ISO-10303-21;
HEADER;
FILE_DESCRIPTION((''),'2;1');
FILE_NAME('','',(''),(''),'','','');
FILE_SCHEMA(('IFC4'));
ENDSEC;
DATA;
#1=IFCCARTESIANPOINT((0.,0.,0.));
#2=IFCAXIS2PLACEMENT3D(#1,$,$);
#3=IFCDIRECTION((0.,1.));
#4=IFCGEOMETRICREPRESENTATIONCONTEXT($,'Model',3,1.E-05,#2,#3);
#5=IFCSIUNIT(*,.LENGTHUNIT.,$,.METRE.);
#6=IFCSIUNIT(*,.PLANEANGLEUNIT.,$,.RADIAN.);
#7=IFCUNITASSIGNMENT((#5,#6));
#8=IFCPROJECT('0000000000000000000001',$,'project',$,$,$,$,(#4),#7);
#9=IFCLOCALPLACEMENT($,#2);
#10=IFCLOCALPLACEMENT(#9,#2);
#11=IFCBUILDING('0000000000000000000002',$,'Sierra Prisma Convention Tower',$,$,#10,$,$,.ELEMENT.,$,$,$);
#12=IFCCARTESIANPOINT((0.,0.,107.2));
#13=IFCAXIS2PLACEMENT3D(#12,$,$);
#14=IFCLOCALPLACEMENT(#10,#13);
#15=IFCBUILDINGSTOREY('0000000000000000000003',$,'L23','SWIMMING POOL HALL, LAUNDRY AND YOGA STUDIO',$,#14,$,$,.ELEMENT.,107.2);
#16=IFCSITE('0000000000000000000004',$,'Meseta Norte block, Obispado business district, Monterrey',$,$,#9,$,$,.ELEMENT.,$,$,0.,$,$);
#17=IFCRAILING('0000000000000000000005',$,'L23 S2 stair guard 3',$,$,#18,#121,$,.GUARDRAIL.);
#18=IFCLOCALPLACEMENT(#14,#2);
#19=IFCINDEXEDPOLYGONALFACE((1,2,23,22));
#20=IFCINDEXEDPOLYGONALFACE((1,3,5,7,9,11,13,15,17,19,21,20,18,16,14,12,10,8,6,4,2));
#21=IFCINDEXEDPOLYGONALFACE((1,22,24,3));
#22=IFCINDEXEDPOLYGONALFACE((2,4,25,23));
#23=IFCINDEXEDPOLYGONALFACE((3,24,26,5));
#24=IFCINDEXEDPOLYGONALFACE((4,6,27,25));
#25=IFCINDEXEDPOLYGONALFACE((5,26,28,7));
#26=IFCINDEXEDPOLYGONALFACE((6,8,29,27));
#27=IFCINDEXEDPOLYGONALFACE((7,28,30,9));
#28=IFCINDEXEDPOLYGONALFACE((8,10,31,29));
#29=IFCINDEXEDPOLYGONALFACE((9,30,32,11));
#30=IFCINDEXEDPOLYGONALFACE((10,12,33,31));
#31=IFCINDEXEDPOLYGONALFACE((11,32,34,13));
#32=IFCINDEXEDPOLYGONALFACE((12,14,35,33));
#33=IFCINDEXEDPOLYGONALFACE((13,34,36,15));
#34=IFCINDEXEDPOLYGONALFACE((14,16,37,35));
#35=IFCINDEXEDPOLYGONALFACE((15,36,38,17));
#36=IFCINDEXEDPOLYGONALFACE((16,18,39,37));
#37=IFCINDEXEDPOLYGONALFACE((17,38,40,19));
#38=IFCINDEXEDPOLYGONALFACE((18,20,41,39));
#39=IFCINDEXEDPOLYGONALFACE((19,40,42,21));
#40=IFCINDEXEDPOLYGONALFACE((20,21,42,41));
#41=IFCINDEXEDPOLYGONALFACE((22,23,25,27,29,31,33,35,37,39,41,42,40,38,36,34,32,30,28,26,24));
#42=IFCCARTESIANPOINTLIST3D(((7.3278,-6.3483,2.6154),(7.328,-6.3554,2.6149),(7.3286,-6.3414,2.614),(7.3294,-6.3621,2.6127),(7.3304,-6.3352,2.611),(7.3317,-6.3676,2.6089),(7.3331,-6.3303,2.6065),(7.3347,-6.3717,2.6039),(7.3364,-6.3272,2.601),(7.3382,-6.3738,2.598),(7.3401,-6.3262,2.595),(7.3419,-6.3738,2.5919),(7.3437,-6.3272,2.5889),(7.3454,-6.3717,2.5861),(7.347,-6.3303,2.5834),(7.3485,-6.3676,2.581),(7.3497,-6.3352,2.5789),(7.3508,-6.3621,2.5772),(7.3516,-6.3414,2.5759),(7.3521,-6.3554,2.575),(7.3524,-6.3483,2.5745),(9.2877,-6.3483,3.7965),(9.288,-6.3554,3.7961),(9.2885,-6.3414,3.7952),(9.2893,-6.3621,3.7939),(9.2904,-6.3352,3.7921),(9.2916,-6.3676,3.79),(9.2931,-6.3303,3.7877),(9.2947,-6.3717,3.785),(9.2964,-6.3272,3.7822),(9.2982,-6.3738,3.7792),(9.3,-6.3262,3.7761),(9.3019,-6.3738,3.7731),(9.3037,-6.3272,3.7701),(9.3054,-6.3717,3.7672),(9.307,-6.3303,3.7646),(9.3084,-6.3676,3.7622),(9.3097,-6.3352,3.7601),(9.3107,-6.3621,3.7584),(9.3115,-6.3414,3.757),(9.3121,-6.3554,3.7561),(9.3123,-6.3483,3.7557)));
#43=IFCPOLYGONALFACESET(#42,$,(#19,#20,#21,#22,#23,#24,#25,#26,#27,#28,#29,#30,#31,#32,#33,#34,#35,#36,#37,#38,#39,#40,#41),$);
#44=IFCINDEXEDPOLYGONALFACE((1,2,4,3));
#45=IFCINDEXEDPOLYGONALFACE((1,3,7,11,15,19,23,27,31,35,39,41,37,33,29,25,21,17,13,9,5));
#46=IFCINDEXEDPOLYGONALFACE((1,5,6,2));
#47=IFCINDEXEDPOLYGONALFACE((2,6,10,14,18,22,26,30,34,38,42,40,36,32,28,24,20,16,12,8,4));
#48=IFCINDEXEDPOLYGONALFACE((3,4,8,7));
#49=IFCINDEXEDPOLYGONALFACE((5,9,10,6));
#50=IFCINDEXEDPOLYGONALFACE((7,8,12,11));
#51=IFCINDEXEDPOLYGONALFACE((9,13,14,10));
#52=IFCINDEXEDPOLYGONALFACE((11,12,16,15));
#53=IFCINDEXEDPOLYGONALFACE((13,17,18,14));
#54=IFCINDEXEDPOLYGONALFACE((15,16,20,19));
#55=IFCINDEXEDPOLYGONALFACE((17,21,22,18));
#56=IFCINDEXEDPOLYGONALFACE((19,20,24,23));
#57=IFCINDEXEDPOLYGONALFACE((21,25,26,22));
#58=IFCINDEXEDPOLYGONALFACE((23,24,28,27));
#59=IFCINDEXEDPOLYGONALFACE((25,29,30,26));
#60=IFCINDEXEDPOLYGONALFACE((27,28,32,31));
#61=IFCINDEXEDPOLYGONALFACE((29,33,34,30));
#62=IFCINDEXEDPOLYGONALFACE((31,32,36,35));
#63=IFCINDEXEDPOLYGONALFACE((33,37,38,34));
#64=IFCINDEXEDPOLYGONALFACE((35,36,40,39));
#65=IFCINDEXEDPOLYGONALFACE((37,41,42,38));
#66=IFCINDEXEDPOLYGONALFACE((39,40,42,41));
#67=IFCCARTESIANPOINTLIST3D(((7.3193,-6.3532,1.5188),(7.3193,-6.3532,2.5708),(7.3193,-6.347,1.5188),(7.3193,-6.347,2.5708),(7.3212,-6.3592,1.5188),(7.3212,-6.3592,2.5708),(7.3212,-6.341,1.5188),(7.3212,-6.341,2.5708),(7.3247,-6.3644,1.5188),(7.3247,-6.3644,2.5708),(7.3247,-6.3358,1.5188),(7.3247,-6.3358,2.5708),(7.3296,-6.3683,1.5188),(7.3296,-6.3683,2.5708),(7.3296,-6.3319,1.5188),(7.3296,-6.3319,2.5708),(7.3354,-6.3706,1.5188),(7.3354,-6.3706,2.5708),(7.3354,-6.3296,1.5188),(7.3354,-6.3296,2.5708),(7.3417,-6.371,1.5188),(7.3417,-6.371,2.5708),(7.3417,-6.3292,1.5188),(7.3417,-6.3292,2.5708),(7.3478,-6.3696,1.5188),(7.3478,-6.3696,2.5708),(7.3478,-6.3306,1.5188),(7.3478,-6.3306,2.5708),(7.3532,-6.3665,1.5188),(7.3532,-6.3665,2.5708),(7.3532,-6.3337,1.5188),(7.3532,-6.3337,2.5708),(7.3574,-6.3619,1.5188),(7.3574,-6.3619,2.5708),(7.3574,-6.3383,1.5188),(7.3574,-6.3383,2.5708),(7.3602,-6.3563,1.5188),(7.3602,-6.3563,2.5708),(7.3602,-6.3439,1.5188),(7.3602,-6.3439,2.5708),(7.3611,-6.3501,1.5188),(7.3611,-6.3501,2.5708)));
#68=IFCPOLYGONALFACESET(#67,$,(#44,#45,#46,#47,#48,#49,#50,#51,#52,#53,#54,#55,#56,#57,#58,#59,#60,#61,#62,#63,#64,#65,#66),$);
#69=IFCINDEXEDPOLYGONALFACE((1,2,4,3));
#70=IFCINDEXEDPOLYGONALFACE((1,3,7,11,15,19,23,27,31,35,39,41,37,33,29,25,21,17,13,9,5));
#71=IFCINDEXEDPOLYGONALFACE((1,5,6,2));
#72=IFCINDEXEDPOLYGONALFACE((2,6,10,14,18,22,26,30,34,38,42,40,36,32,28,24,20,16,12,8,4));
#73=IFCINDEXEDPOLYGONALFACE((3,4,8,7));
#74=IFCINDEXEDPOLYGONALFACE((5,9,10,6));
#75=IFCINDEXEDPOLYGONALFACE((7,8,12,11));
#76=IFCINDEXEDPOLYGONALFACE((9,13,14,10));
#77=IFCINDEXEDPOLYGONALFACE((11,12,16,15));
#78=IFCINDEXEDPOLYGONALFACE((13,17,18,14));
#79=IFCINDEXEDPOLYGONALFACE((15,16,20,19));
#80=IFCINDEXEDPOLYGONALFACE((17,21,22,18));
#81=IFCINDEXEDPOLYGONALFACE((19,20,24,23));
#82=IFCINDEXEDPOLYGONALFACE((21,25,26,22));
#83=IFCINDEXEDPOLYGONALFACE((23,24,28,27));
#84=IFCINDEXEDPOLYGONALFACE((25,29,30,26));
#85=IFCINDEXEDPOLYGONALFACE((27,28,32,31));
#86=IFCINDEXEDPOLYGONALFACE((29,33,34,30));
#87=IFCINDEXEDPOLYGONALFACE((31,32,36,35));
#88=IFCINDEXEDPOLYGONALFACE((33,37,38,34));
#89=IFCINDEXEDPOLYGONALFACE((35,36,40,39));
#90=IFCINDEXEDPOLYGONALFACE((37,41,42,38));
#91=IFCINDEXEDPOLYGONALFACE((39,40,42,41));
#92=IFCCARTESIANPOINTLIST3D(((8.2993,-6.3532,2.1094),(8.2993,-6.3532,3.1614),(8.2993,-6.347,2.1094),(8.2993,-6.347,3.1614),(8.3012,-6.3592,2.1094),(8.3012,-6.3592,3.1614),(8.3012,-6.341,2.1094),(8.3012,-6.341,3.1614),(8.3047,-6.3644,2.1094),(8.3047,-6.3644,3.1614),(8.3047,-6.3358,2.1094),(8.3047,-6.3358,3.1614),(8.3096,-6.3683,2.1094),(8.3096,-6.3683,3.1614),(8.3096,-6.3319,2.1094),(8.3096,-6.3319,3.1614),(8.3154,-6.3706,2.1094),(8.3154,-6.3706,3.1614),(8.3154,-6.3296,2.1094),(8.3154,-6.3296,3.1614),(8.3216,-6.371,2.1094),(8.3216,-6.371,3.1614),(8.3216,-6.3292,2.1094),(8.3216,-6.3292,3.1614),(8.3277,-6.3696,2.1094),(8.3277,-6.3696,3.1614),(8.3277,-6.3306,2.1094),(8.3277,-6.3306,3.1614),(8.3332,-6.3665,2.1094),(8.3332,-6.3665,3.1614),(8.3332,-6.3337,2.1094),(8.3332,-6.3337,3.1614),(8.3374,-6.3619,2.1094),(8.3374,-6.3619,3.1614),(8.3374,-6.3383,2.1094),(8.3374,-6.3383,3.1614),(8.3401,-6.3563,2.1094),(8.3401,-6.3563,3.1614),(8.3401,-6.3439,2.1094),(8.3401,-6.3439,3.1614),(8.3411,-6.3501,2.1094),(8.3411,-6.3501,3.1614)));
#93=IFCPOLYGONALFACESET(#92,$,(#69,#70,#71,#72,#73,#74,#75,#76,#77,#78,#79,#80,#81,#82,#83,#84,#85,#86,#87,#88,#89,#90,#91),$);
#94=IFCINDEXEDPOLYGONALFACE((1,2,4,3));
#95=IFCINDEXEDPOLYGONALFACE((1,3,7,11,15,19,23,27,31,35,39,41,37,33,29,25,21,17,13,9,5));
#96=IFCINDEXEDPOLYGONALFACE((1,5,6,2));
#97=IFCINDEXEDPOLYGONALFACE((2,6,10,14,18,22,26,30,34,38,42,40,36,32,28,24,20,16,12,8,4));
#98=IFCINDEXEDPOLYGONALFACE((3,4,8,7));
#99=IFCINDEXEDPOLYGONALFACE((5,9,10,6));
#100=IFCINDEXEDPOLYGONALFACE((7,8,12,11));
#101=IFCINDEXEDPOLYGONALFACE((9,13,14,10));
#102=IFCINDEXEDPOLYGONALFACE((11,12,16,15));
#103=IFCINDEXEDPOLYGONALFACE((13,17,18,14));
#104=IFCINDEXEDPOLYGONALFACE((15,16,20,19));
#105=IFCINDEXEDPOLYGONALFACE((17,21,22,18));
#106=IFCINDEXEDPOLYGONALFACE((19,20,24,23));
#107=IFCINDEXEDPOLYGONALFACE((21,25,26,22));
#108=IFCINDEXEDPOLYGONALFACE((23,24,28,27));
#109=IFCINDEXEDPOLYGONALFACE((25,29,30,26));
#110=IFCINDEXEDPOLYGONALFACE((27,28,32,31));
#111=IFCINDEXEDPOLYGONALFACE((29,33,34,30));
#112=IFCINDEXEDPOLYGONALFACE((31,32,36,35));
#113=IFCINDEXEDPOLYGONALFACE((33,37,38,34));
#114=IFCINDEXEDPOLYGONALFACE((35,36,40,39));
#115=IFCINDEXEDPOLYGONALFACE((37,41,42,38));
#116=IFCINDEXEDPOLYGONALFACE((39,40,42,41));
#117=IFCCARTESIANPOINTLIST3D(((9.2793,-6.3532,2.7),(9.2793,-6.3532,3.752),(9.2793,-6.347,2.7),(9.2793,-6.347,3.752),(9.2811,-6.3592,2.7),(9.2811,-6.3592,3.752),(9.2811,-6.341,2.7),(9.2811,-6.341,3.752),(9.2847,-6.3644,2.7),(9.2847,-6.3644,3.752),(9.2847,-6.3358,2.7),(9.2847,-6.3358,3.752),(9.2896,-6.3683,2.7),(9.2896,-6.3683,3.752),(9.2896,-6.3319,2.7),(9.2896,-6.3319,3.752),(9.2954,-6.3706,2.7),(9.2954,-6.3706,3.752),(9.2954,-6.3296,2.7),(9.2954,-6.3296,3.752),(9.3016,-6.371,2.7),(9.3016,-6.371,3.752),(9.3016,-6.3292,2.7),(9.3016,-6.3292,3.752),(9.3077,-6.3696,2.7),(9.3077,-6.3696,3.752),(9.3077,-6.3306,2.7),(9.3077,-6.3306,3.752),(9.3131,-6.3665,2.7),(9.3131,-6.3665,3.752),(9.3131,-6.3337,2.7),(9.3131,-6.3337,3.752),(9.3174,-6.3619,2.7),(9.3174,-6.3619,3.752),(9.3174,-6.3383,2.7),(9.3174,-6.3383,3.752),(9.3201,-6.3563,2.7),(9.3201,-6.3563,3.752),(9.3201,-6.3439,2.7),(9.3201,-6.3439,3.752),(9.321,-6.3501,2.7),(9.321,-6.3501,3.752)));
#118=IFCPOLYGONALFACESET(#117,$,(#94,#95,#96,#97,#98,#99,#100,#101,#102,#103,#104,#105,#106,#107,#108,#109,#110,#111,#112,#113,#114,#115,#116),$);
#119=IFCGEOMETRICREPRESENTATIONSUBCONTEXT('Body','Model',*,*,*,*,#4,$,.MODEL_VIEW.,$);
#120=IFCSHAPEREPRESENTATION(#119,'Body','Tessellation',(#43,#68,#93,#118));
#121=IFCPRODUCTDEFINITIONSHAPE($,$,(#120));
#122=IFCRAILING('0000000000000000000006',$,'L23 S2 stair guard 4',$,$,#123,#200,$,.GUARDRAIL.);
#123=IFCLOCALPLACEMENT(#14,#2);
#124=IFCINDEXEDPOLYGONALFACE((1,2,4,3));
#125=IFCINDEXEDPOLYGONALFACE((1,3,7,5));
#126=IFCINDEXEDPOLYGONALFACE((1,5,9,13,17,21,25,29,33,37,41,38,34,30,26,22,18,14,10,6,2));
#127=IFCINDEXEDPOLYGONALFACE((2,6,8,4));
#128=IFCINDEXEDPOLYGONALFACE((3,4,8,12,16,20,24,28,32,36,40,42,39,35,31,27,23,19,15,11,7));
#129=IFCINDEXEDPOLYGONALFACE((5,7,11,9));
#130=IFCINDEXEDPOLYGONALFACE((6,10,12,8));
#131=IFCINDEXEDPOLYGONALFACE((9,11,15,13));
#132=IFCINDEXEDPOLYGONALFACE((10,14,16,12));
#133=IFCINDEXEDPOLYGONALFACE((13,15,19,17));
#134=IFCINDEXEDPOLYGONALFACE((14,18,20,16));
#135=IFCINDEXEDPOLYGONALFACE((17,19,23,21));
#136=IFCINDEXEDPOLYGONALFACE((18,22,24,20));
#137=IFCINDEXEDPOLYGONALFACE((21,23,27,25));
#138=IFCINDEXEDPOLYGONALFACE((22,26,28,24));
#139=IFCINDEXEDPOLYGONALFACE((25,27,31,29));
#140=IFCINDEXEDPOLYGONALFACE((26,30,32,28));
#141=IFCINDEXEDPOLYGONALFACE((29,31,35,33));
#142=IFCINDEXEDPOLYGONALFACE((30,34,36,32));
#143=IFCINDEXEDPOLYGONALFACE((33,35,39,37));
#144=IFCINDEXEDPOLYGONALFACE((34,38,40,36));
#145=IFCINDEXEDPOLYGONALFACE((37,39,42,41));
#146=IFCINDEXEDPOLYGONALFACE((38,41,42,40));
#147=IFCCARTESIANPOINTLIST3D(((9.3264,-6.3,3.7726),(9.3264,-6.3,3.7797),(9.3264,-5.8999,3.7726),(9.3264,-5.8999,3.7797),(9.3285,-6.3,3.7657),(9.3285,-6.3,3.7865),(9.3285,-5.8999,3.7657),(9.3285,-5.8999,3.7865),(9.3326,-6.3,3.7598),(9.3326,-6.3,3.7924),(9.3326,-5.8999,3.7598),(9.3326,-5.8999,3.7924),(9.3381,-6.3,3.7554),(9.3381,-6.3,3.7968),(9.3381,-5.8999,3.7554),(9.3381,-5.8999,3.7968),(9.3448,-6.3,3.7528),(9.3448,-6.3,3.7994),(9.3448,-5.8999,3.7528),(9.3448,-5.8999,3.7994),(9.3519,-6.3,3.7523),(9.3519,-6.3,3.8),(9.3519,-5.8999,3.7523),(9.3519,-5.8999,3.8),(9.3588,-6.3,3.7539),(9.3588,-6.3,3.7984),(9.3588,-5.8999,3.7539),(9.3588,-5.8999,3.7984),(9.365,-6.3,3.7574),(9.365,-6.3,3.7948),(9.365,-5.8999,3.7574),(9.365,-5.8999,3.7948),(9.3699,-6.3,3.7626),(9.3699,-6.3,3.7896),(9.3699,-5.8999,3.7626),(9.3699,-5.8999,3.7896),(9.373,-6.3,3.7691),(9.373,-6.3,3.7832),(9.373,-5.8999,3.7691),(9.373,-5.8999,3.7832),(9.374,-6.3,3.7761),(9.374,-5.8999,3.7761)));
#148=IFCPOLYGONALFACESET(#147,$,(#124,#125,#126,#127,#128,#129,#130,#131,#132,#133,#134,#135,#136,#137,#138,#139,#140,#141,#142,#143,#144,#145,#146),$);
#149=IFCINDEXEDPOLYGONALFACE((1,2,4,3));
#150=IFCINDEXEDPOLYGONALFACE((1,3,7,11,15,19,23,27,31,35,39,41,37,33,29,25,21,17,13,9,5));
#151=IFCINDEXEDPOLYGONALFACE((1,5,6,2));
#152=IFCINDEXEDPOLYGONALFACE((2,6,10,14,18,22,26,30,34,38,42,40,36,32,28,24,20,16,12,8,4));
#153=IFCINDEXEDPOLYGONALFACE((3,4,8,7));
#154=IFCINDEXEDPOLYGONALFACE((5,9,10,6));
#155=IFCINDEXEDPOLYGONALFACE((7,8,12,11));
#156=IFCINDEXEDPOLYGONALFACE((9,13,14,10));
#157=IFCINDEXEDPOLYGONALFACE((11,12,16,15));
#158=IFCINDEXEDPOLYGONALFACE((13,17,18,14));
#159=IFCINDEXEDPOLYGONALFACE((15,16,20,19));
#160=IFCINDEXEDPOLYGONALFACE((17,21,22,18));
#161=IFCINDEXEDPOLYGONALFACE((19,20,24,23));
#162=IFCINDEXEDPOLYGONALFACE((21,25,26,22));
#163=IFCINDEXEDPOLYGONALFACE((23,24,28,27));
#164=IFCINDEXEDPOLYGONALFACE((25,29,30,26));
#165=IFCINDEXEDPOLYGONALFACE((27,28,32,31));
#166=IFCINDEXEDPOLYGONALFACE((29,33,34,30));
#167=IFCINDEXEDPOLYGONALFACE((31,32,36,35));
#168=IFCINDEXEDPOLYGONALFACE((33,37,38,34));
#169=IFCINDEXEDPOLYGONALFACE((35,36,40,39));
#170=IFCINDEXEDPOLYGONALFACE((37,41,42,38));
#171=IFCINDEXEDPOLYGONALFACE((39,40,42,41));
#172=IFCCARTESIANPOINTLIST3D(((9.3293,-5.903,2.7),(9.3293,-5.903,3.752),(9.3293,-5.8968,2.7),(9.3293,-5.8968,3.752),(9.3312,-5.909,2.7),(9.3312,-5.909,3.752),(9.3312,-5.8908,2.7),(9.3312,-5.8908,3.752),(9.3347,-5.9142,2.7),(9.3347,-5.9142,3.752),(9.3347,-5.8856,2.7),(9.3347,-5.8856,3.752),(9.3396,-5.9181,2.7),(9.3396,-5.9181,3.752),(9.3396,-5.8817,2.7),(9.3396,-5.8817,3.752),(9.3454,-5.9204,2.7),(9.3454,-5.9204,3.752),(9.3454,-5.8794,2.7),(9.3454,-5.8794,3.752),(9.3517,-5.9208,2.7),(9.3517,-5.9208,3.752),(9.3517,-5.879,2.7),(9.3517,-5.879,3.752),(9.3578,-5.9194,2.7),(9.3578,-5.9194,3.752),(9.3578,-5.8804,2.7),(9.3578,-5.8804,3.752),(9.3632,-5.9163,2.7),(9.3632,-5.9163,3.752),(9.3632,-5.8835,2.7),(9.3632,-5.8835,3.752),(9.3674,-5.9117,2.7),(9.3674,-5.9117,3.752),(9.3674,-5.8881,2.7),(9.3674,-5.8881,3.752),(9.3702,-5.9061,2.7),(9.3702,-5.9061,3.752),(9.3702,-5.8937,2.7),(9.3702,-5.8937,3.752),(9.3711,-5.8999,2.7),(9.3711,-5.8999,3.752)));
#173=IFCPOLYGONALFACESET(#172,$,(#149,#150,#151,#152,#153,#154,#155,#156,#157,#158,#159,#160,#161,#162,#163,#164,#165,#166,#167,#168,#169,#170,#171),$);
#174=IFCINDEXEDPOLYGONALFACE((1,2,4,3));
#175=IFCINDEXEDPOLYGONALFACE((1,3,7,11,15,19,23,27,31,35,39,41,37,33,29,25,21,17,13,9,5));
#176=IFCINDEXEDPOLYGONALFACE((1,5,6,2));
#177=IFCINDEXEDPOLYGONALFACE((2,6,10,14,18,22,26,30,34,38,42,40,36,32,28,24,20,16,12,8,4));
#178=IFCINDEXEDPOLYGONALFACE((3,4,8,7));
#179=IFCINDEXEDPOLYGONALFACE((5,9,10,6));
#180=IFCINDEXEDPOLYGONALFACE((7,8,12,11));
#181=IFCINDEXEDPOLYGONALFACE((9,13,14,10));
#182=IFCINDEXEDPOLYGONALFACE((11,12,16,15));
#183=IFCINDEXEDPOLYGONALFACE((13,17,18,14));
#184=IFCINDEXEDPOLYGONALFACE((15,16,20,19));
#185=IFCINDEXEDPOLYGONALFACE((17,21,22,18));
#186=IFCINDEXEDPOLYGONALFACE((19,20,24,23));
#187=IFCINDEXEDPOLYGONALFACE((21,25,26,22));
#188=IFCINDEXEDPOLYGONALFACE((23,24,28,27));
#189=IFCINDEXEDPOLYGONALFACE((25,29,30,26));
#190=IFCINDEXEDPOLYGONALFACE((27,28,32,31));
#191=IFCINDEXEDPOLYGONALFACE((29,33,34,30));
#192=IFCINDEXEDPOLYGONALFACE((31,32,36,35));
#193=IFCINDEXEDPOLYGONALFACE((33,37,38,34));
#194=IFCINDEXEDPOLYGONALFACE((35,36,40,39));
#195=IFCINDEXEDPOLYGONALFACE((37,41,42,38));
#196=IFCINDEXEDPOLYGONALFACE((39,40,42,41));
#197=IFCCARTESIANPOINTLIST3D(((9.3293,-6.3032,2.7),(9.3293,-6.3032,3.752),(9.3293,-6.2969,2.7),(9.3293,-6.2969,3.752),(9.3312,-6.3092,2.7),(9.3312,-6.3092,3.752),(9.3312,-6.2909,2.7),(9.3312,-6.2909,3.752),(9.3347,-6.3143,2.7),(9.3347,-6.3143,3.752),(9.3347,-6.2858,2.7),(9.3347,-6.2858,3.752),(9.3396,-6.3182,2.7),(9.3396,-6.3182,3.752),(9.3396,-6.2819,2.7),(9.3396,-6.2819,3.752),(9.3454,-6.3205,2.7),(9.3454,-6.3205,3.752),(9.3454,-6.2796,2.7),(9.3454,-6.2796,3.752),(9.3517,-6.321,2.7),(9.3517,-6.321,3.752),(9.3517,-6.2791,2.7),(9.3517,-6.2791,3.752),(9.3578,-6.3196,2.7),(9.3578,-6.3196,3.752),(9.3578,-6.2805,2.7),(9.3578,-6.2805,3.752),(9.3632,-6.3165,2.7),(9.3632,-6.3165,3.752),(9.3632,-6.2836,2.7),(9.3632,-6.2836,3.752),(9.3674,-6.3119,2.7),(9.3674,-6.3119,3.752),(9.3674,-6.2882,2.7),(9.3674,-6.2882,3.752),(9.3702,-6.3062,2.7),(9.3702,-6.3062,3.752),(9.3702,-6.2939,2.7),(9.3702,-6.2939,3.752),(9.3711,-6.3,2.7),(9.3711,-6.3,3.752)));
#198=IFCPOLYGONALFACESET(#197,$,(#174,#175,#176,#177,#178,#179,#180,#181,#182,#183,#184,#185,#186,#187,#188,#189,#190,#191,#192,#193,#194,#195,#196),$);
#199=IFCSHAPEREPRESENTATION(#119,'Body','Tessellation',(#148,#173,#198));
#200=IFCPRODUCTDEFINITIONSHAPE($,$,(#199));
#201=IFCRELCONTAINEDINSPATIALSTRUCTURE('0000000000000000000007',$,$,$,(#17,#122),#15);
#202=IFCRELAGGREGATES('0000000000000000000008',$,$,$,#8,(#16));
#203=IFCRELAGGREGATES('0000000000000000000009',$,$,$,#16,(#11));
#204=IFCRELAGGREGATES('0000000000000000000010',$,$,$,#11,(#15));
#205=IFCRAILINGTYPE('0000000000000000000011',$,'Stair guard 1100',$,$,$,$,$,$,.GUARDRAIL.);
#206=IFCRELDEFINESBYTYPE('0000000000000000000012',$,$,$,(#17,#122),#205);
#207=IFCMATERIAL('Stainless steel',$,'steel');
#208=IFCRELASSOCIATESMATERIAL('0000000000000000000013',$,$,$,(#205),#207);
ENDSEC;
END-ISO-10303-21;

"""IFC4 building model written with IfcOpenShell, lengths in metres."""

from ifc_helpers import new_model, si_unit, direction, frame, origin, origin_2d, place, context, subcontext, project, spatial, circle, extrude, material, type_object, element, save


model = new_model("IFC4")

# Units and contexts
model_context = context("Model", 3, precision=1e-05, world=origin(), true_north=direction((0.0, 1.0)))
body_context = subcontext(model_context, "Body", "Model", "MODEL_VIEW")
ifc_project = project(units=[si_unit("LENGTHUNIT", "METRE"), si_unit("PLANEANGLEUNIT", "RADIAN")], contexts=[model_context])

# Site, building, storey
site_placement = place(None, origin())
site = spatial("IfcSite", under=ifc_project, at=site_placement, Name="Meseta Norte block, Obispado business district, Monterrey", CompositionType="ELEMENT", RefElevation=0.0)
building_placement = place(site_placement, origin())
building = spatial("IfcBuilding", under=site, at=building_placement, Name="Sierra Prisma Convention Tower", CompositionType="ELEMENT")
storey_placement = place(building_placement, frame((0.0, 0.0, 107.2)))
storey = spatial("IfcBuildingStorey", under=building, at=storey_placement, Name="L23", Description="SWIMMING POOL HALL, LAUNDRY AND YOGA STUDIO", CompositionType="ELEMENT", Elevation=107.2)

# Railings
ifc_material_1 = material(Name="Stainless steel", Category="steel")
railing_type_1 = type_object("IfcRailingType", Name="Stair guard 1100", PredefinedType="GUARDRAIL", material=ifc_material_1)
railing_1_placement = place(storey_placement, frame((7.3401, -6.3501, 1.5188)))
element("IfcRailing", 1, at=railing_1_placement, inside=storey, type_object=railing_type_1, Name="L23 S2 stair guard 3", PredefinedType="GUARDRAIL", context=body_context, shape_type="SweptSolid", body=[
    extrude(circle(Radius=0.0239, at=origin_2d()), frame((0.0, 0.0, 1.0762), z_axis=(0.856493, 0.0, 0.516158), x_axis=(0.0, 1.0, 0.0)), (0.0, 0.0, 1.0), 2.2883),
    extrude(circle(Radius=0.021, at=origin_2d()), origin(), (0.0, 0.0, 1.0), 1.052),
    extrude(circle(Radius=0.021, at=origin_2d()), frame((0.98, 0.0, 0.5906)), (0.0, 0.0, 1.0), 1.052),
    extrude(circle(Radius=0.021, at=origin_2d()), frame((1.96, 0.0, 1.1812)), (0.0, 0.0, 1.0), 1.052),
])
for number, where, name in (
    (2, (9.3501, -5.8999, 2.7), "L23 S2 stair guard 4"),
):
    element("IfcRailing", number, at=place(storey_placement, frame(where)), inside=storey, type_object=railing_type_1, Name=name, PredefinedType="GUARDRAIL", context=body_context, shape_type="SweptSolid", body=[
        extrude(circle(Radius=0.0239, at=origin_2d()), frame((0.0, 0.0, 1.0762), z_axis=(0.0, -1.0, 0.0), x_axis=(1.0, 0.0, 0.0)), (0.0, 0.0, 1.0), 0.4001),
        extrude(circle(Radius=0.021, at=origin_2d()), origin(), (0.0, 0.0, 1.0), 1.052),
        extrude(circle(Radius=0.021, at=origin_2d()), frame((0.0, -0.4001, 0.0)), (0.0, 0.0, 1.0), 1.052),
    ])

save(model, "model.ifc")
